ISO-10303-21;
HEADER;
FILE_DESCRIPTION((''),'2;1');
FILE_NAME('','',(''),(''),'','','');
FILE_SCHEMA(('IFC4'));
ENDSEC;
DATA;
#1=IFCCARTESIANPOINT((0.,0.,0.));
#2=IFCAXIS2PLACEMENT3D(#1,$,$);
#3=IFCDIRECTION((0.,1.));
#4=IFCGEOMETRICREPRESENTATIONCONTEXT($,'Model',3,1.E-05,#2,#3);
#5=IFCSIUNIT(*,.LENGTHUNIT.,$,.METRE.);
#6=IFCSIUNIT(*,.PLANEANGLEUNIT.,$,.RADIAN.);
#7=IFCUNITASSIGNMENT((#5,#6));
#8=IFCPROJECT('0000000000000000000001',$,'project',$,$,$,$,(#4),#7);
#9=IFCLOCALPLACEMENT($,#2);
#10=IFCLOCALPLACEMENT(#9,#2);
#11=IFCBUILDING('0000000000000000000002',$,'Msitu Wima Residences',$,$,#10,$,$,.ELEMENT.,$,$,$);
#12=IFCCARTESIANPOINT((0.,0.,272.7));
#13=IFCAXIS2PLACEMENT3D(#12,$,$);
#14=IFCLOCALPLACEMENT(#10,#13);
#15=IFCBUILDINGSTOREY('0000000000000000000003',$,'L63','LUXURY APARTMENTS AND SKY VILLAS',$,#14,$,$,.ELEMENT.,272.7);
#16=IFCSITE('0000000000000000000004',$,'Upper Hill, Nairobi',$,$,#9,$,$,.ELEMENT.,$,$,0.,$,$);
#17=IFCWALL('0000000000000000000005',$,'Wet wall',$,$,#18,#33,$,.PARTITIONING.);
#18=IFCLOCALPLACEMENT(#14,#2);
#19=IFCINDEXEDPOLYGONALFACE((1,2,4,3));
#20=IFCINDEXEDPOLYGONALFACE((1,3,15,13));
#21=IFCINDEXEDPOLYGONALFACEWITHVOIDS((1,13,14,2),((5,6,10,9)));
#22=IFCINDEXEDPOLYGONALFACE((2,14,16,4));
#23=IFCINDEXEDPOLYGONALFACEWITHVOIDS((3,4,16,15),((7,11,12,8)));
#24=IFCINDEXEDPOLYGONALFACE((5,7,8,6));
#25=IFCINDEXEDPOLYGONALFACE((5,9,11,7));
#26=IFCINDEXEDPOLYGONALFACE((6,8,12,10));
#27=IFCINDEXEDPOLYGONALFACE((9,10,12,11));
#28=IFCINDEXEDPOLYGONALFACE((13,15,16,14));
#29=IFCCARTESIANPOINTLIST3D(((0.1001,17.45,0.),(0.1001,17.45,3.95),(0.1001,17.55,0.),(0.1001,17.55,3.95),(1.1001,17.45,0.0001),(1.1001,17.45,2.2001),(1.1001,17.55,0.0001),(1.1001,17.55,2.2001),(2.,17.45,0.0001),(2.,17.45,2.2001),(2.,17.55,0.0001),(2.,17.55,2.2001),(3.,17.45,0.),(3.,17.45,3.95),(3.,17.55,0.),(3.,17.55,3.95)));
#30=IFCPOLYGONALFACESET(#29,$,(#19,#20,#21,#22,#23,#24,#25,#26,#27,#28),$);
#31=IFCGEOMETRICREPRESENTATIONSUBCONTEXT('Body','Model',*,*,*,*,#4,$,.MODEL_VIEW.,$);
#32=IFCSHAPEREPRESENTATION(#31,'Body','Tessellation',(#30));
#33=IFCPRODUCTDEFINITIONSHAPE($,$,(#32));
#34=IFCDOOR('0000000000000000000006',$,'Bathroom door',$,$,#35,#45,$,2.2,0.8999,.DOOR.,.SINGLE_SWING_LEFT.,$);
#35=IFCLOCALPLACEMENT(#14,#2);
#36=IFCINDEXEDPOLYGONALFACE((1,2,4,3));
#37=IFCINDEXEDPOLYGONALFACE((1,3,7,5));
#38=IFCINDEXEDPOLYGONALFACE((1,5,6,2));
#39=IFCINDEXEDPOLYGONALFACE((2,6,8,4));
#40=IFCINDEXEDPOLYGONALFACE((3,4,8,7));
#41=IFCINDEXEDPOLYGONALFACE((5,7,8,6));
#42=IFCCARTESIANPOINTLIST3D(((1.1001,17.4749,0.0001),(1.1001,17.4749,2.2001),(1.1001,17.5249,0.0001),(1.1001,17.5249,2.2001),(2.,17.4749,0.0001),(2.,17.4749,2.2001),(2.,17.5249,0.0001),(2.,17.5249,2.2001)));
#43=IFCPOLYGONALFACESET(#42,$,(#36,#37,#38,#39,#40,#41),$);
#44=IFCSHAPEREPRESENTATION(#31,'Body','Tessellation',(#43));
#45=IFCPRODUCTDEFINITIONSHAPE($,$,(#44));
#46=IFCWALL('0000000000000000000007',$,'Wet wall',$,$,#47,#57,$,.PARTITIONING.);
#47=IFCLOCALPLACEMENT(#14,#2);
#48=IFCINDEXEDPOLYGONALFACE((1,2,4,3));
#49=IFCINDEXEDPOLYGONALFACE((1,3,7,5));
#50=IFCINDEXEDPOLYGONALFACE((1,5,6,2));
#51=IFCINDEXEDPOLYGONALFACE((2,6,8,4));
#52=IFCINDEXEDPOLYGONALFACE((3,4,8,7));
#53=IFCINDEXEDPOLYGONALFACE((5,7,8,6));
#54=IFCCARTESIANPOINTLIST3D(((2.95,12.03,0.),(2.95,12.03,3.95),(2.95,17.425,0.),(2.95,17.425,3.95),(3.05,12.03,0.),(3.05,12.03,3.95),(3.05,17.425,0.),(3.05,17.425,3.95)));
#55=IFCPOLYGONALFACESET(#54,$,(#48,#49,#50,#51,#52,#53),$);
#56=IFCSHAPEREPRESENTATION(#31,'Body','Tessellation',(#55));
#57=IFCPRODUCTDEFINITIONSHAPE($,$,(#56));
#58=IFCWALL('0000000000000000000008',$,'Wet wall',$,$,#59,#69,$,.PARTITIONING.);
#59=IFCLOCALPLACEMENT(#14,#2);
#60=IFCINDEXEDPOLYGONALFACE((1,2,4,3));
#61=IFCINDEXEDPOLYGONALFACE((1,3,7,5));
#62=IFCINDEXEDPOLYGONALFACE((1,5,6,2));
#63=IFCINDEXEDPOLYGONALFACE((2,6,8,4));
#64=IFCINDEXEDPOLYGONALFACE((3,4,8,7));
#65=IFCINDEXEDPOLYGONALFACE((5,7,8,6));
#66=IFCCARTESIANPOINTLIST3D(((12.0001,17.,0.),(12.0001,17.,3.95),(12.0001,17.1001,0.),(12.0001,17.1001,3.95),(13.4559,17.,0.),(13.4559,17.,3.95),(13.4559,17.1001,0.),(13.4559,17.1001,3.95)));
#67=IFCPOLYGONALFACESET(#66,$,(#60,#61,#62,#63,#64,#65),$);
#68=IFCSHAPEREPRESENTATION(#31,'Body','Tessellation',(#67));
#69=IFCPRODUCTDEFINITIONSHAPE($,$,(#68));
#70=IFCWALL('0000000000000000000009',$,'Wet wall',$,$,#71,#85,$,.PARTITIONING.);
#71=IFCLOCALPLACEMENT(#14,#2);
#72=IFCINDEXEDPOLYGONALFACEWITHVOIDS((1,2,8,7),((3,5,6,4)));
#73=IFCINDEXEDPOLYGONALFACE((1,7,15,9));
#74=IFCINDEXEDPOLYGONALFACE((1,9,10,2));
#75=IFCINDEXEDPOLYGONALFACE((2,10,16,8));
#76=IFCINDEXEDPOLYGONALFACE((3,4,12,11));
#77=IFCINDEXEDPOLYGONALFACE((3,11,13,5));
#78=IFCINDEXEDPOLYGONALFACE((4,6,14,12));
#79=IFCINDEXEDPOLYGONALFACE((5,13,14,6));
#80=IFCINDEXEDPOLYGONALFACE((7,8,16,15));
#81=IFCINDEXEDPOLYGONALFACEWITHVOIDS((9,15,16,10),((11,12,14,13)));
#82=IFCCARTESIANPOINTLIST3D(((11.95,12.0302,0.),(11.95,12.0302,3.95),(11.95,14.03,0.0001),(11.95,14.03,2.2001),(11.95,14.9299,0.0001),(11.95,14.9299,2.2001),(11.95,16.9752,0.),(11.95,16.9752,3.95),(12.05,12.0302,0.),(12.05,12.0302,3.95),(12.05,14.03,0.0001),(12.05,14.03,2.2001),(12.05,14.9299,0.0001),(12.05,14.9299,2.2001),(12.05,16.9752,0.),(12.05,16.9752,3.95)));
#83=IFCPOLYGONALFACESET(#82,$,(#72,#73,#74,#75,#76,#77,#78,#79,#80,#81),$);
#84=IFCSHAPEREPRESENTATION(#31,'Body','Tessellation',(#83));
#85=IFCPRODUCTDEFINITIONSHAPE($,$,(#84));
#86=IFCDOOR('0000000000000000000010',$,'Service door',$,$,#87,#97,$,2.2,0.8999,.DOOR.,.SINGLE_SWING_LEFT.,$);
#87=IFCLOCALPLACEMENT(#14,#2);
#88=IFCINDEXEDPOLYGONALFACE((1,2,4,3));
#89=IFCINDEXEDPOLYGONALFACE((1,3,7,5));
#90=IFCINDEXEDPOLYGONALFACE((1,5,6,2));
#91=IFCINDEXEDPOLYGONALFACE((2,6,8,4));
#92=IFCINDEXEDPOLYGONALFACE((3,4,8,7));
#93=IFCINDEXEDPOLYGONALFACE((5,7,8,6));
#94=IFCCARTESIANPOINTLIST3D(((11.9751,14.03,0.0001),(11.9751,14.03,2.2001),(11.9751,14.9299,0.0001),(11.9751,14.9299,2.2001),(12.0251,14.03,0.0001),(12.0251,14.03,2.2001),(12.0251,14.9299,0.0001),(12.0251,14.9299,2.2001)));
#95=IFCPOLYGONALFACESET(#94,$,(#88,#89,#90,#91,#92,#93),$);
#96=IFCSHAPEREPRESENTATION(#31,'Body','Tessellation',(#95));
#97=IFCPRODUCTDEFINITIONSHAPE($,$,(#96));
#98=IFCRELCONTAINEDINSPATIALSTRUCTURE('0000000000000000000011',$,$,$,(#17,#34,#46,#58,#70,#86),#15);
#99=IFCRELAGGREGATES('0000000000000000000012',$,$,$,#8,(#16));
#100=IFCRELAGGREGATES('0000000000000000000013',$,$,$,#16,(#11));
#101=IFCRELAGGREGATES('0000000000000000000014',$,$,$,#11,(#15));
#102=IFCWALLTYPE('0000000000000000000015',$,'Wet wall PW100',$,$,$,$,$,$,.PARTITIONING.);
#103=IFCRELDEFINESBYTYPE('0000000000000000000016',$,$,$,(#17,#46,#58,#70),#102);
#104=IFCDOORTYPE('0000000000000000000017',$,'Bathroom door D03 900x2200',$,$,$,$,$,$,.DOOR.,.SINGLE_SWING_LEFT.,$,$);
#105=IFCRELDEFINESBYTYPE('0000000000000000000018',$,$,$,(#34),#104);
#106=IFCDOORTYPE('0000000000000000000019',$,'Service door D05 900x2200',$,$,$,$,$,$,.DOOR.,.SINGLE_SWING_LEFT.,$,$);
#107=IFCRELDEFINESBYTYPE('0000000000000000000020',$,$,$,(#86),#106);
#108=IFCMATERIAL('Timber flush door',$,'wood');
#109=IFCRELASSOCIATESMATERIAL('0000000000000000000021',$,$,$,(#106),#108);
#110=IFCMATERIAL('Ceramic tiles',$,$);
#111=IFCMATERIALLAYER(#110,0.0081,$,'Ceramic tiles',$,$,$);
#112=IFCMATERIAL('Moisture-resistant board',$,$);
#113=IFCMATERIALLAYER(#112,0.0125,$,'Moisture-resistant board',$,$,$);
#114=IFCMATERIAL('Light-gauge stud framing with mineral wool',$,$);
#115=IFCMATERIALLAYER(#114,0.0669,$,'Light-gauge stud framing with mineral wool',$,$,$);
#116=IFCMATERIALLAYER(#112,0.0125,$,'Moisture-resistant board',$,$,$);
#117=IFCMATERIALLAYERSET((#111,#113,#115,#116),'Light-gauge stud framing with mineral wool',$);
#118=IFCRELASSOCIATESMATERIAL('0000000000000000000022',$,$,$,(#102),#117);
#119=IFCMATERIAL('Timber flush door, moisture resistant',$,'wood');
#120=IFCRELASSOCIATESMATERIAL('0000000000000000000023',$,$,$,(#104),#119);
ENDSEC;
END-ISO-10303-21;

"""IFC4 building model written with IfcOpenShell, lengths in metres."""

from ifc_helpers import new_model, si_unit, direction, frame, frame_2d, origin, place, context, subcontext, project, spatial, rectangle, extrude, material, layer, layer_set, type_object, element, fill, save


model = new_model("IFC4")

# Units and contexts
model_context = context("Model", 3, precision=1e-05, world=origin(), true_north=direction((0.0, 1.0)))
body_context = subcontext(model_context, "Body", "Model", "MODEL_VIEW")
ifc_project = project(units=[si_unit("LENGTHUNIT", "METRE"), si_unit("PLANEANGLEUNIT", "RADIAN")], contexts=[model_context])

# Site, building, storey
site_placement = place(None, origin())
site = spatial("IfcSite", under=ifc_project, at=site_placement, Name="Upper Hill, Nairobi", CompositionType="ELEMENT", RefElevation=0.0)
building_placement = place(site_placement, origin())
building = spatial("IfcBuilding", under=site, at=building_placement, Name="Msitu Wima Residences", CompositionType="ELEMENT")
storey_placement = place(building_placement, frame((0.0, 0.0, 272.7)))
storey = spatial("IfcBuildingStorey", under=building, at=storey_placement, Name="L63", Description="LUXURY APARTMENTS AND SKY VILLAS", CompositionType="ELEMENT", Elevation=272.7)

# Shared definitions
ifc_material_1 = material(Name="Timber flush door", Category="wood")

# Shared definitions
door_type_1 = type_object("IfcDoorType", Name="Service door D05 900x2200", OperationType="SINGLE_SWING_LEFT", PredefinedType="DOOR", material=ifc_material_1)

# Wall, opening, door
ifc_material_2 = material(Name="Ceramic tiles")
ifc_layer_1 = layer(ifc_material_2, 0.0081, Name="Ceramic tiles")
ifc_material_3 = material(Name="Moisture-resistant board")
ifc_layer_2 = layer(ifc_material_3, 0.0125, Name="Moisture-resistant board")
ifc_material_4 = material(Name="Light-gauge stud framing with mineral wool")
ifc_layer_3 = layer(ifc_material_4, 0.0669, Name="Light-gauge stud framing with mineral wool")
ifc_layer_4 = layer(ifc_material_3, 0.0125, Name="Moisture-resistant board")
ifc_layer_set_1 = layer_set([ifc_layer_1, ifc_layer_2, ifc_layer_3, ifc_layer_4], Name="Light-gauge stud framing with mineral wool")
wall_type_1 = type_object("IfcWallType", Name="Wet wall PW100", PredefinedType="PARTITIONING", material=ifc_layer_set_1)
wall_1_placement = place(storey_placement, frame((0.1001, 17.5, 0.0), z_axis=(0.0, 0.0, 1.0), x_axis=(1.0, 0.0, 0.0)))
wall_1 = element("IfcWall", 1, at=wall_1_placement, inside=storey, type_object=wall_type_1, Name="Wet wall", PredefinedType="PARTITIONING", context=body_context, shape_type="SweptSolid", body=[
    extrude(rectangle(XDim=2.8999, YDim=0.1001, at=frame_2d((1.45, 0.0))), origin(), (0.0, 0.0, 1.0), 3.95),
])
opening_1_placement = place(wall_1_placement, frame((1.0, 0.0, 0.0)))
opening_1 = element("IfcOpeningElement", 2, at=opening_1_placement, cuts=wall_1, PredefinedType="OPENING", context=body_context, shape_type="SweptSolid", body=[
    extrude(rectangle(XDim=0.8999, YDim=2.2, at=frame_2d((0.45, 1.1001))), frame((0.0, 0.0601, 0.0), z_axis=(0.0, -1.0, 0.0), x_axis=(1.0, 0.0, 0.0)), (0.0, 0.0, 1.0), 0.1201),
])
ifc_material_5 = material(Name="Timber flush door, moisture resistant", Category="wood")
door_type_2 = type_object("IfcDoorType", Name="Bathroom door D03 900x2200", OperationType="SINGLE_SWING_LEFT", PredefinedType="DOOR", material=ifc_material_5)
door_1_placement = place(opening_1_placement, origin())
door_1 = element("IfcDoor", 3, at=door_1_placement, inside=storey, type_object=door_type_2, Name="Bathroom door", OperationType="SINGLE_SWING_LEFT", OverallHeight=2.2, OverallWidth=0.8999, PredefinedType="DOOR", context=body_context, shape_type="SweptSolid", body=[
    extrude(rectangle(XDim=0.8999, YDim=2.2, at=frame_2d((0.45, 1.1001))), frame((0.0, 0.0249, 0.0), z_axis=(0.0, -1.0, 0.0), x_axis=(1.0, 0.0, 0.0)), (0.0, 0.0, 1.0), 0.05),
])
fill(opening_1, door_1)

# Walls
wall_2_placement = place(storey_placement, frame((3.0, 12.03, 0.0), z_axis=(0.0, 0.0, 1.0), x_axis=(0.0, 1.0, 0.0)))
element("IfcWall", 4, at=wall_2_placement, inside=storey, type_object=wall_type_1, Name="Wet wall", PredefinedType="PARTITIONING", context=body_context, shape_type="SweptSolid", body=[
    extrude(rectangle(XDim=5.395, YDim=0.1001, at=frame_2d((2.6975, 0.0))), origin(), (0.0, 0.0, 1.0), 3.95),
])
wall_3_placement = place(storey_placement, frame((12.0, 17.05, 0.0), z_axis=(0.0, 0.0, 1.0), x_axis=(1.0, 0.0, 0.0)))
element("IfcWall", 5, at=wall_3_placement, inside=storey, type_object=wall_type_1, Name="Wet wall", PredefinedType="PARTITIONING", context=body_context, shape_type="SweptSolid", body=[
    extrude(rectangle(XDim=1.4558, YDim=0.1001, at=frame_2d((0.728, 0.0))), origin(), (0.0, 0.0, 1.0), 3.95),
])

# Wall, opening, door
wall_4_placement = place(storey_placement, frame((12.0, 12.03, 0.0), z_axis=(0.0, 0.0, 1.0), x_axis=(0.0, 1.0, 0.0)))
wall_4 = element("IfcWall", 6, at=wall_4_placement, inside=storey, type_object=wall_type_1, Name="Wet wall", PredefinedType="PARTITIONING", context=body_context, shape_type="SweptSolid", body=[
    extrude(rectangle(XDim=4.9451, YDim=0.1001, at=frame_2d((2.4727, 0.0))), origin(), (0.0, 0.0, 1.0), 3.95),
])
opening_2_placement = place(wall_4_placement, frame((2.0, 0.0, 0.0)))
opening_2 = element("IfcOpeningElement", 7, at=opening_2_placement, cuts=wall_4, PredefinedType="OPENING", context=body_context, shape_type="SweptSolid", body=[
    extrude(rectangle(XDim=0.8999, YDim=2.2, at=frame_2d((0.45, 1.1001))), frame((0.0, 0.0601, 0.0), z_axis=(0.0, -1.0, 0.0), x_axis=(1.0, 0.0, 0.0)), (0.0, 0.0, 1.0), 0.1201),
])
door_2_placement = place(opening_2_placement, origin())
door_2 = element("IfcDoor", 8, at=door_2_placement, inside=storey, type_object=door_type_1, Name="Service door", OperationType="SINGLE_SWING_LEFT", OverallHeight=2.2, OverallWidth=0.8999, PredefinedType="DOOR", context=body_context, shape_type="SweptSolid", body=[
    extrude(rectangle(XDim=0.8999, YDim=2.2, at=frame_2d((0.45, 1.1001))), frame((0.0, 0.0249, 0.0), z_axis=(0.0, -1.0, 0.0), x_axis=(1.0, 0.0, 0.0)), (0.0, 0.0, 1.0), 0.05),
])
fill(opening_2, door_2)

save(model, "model.ifc")
